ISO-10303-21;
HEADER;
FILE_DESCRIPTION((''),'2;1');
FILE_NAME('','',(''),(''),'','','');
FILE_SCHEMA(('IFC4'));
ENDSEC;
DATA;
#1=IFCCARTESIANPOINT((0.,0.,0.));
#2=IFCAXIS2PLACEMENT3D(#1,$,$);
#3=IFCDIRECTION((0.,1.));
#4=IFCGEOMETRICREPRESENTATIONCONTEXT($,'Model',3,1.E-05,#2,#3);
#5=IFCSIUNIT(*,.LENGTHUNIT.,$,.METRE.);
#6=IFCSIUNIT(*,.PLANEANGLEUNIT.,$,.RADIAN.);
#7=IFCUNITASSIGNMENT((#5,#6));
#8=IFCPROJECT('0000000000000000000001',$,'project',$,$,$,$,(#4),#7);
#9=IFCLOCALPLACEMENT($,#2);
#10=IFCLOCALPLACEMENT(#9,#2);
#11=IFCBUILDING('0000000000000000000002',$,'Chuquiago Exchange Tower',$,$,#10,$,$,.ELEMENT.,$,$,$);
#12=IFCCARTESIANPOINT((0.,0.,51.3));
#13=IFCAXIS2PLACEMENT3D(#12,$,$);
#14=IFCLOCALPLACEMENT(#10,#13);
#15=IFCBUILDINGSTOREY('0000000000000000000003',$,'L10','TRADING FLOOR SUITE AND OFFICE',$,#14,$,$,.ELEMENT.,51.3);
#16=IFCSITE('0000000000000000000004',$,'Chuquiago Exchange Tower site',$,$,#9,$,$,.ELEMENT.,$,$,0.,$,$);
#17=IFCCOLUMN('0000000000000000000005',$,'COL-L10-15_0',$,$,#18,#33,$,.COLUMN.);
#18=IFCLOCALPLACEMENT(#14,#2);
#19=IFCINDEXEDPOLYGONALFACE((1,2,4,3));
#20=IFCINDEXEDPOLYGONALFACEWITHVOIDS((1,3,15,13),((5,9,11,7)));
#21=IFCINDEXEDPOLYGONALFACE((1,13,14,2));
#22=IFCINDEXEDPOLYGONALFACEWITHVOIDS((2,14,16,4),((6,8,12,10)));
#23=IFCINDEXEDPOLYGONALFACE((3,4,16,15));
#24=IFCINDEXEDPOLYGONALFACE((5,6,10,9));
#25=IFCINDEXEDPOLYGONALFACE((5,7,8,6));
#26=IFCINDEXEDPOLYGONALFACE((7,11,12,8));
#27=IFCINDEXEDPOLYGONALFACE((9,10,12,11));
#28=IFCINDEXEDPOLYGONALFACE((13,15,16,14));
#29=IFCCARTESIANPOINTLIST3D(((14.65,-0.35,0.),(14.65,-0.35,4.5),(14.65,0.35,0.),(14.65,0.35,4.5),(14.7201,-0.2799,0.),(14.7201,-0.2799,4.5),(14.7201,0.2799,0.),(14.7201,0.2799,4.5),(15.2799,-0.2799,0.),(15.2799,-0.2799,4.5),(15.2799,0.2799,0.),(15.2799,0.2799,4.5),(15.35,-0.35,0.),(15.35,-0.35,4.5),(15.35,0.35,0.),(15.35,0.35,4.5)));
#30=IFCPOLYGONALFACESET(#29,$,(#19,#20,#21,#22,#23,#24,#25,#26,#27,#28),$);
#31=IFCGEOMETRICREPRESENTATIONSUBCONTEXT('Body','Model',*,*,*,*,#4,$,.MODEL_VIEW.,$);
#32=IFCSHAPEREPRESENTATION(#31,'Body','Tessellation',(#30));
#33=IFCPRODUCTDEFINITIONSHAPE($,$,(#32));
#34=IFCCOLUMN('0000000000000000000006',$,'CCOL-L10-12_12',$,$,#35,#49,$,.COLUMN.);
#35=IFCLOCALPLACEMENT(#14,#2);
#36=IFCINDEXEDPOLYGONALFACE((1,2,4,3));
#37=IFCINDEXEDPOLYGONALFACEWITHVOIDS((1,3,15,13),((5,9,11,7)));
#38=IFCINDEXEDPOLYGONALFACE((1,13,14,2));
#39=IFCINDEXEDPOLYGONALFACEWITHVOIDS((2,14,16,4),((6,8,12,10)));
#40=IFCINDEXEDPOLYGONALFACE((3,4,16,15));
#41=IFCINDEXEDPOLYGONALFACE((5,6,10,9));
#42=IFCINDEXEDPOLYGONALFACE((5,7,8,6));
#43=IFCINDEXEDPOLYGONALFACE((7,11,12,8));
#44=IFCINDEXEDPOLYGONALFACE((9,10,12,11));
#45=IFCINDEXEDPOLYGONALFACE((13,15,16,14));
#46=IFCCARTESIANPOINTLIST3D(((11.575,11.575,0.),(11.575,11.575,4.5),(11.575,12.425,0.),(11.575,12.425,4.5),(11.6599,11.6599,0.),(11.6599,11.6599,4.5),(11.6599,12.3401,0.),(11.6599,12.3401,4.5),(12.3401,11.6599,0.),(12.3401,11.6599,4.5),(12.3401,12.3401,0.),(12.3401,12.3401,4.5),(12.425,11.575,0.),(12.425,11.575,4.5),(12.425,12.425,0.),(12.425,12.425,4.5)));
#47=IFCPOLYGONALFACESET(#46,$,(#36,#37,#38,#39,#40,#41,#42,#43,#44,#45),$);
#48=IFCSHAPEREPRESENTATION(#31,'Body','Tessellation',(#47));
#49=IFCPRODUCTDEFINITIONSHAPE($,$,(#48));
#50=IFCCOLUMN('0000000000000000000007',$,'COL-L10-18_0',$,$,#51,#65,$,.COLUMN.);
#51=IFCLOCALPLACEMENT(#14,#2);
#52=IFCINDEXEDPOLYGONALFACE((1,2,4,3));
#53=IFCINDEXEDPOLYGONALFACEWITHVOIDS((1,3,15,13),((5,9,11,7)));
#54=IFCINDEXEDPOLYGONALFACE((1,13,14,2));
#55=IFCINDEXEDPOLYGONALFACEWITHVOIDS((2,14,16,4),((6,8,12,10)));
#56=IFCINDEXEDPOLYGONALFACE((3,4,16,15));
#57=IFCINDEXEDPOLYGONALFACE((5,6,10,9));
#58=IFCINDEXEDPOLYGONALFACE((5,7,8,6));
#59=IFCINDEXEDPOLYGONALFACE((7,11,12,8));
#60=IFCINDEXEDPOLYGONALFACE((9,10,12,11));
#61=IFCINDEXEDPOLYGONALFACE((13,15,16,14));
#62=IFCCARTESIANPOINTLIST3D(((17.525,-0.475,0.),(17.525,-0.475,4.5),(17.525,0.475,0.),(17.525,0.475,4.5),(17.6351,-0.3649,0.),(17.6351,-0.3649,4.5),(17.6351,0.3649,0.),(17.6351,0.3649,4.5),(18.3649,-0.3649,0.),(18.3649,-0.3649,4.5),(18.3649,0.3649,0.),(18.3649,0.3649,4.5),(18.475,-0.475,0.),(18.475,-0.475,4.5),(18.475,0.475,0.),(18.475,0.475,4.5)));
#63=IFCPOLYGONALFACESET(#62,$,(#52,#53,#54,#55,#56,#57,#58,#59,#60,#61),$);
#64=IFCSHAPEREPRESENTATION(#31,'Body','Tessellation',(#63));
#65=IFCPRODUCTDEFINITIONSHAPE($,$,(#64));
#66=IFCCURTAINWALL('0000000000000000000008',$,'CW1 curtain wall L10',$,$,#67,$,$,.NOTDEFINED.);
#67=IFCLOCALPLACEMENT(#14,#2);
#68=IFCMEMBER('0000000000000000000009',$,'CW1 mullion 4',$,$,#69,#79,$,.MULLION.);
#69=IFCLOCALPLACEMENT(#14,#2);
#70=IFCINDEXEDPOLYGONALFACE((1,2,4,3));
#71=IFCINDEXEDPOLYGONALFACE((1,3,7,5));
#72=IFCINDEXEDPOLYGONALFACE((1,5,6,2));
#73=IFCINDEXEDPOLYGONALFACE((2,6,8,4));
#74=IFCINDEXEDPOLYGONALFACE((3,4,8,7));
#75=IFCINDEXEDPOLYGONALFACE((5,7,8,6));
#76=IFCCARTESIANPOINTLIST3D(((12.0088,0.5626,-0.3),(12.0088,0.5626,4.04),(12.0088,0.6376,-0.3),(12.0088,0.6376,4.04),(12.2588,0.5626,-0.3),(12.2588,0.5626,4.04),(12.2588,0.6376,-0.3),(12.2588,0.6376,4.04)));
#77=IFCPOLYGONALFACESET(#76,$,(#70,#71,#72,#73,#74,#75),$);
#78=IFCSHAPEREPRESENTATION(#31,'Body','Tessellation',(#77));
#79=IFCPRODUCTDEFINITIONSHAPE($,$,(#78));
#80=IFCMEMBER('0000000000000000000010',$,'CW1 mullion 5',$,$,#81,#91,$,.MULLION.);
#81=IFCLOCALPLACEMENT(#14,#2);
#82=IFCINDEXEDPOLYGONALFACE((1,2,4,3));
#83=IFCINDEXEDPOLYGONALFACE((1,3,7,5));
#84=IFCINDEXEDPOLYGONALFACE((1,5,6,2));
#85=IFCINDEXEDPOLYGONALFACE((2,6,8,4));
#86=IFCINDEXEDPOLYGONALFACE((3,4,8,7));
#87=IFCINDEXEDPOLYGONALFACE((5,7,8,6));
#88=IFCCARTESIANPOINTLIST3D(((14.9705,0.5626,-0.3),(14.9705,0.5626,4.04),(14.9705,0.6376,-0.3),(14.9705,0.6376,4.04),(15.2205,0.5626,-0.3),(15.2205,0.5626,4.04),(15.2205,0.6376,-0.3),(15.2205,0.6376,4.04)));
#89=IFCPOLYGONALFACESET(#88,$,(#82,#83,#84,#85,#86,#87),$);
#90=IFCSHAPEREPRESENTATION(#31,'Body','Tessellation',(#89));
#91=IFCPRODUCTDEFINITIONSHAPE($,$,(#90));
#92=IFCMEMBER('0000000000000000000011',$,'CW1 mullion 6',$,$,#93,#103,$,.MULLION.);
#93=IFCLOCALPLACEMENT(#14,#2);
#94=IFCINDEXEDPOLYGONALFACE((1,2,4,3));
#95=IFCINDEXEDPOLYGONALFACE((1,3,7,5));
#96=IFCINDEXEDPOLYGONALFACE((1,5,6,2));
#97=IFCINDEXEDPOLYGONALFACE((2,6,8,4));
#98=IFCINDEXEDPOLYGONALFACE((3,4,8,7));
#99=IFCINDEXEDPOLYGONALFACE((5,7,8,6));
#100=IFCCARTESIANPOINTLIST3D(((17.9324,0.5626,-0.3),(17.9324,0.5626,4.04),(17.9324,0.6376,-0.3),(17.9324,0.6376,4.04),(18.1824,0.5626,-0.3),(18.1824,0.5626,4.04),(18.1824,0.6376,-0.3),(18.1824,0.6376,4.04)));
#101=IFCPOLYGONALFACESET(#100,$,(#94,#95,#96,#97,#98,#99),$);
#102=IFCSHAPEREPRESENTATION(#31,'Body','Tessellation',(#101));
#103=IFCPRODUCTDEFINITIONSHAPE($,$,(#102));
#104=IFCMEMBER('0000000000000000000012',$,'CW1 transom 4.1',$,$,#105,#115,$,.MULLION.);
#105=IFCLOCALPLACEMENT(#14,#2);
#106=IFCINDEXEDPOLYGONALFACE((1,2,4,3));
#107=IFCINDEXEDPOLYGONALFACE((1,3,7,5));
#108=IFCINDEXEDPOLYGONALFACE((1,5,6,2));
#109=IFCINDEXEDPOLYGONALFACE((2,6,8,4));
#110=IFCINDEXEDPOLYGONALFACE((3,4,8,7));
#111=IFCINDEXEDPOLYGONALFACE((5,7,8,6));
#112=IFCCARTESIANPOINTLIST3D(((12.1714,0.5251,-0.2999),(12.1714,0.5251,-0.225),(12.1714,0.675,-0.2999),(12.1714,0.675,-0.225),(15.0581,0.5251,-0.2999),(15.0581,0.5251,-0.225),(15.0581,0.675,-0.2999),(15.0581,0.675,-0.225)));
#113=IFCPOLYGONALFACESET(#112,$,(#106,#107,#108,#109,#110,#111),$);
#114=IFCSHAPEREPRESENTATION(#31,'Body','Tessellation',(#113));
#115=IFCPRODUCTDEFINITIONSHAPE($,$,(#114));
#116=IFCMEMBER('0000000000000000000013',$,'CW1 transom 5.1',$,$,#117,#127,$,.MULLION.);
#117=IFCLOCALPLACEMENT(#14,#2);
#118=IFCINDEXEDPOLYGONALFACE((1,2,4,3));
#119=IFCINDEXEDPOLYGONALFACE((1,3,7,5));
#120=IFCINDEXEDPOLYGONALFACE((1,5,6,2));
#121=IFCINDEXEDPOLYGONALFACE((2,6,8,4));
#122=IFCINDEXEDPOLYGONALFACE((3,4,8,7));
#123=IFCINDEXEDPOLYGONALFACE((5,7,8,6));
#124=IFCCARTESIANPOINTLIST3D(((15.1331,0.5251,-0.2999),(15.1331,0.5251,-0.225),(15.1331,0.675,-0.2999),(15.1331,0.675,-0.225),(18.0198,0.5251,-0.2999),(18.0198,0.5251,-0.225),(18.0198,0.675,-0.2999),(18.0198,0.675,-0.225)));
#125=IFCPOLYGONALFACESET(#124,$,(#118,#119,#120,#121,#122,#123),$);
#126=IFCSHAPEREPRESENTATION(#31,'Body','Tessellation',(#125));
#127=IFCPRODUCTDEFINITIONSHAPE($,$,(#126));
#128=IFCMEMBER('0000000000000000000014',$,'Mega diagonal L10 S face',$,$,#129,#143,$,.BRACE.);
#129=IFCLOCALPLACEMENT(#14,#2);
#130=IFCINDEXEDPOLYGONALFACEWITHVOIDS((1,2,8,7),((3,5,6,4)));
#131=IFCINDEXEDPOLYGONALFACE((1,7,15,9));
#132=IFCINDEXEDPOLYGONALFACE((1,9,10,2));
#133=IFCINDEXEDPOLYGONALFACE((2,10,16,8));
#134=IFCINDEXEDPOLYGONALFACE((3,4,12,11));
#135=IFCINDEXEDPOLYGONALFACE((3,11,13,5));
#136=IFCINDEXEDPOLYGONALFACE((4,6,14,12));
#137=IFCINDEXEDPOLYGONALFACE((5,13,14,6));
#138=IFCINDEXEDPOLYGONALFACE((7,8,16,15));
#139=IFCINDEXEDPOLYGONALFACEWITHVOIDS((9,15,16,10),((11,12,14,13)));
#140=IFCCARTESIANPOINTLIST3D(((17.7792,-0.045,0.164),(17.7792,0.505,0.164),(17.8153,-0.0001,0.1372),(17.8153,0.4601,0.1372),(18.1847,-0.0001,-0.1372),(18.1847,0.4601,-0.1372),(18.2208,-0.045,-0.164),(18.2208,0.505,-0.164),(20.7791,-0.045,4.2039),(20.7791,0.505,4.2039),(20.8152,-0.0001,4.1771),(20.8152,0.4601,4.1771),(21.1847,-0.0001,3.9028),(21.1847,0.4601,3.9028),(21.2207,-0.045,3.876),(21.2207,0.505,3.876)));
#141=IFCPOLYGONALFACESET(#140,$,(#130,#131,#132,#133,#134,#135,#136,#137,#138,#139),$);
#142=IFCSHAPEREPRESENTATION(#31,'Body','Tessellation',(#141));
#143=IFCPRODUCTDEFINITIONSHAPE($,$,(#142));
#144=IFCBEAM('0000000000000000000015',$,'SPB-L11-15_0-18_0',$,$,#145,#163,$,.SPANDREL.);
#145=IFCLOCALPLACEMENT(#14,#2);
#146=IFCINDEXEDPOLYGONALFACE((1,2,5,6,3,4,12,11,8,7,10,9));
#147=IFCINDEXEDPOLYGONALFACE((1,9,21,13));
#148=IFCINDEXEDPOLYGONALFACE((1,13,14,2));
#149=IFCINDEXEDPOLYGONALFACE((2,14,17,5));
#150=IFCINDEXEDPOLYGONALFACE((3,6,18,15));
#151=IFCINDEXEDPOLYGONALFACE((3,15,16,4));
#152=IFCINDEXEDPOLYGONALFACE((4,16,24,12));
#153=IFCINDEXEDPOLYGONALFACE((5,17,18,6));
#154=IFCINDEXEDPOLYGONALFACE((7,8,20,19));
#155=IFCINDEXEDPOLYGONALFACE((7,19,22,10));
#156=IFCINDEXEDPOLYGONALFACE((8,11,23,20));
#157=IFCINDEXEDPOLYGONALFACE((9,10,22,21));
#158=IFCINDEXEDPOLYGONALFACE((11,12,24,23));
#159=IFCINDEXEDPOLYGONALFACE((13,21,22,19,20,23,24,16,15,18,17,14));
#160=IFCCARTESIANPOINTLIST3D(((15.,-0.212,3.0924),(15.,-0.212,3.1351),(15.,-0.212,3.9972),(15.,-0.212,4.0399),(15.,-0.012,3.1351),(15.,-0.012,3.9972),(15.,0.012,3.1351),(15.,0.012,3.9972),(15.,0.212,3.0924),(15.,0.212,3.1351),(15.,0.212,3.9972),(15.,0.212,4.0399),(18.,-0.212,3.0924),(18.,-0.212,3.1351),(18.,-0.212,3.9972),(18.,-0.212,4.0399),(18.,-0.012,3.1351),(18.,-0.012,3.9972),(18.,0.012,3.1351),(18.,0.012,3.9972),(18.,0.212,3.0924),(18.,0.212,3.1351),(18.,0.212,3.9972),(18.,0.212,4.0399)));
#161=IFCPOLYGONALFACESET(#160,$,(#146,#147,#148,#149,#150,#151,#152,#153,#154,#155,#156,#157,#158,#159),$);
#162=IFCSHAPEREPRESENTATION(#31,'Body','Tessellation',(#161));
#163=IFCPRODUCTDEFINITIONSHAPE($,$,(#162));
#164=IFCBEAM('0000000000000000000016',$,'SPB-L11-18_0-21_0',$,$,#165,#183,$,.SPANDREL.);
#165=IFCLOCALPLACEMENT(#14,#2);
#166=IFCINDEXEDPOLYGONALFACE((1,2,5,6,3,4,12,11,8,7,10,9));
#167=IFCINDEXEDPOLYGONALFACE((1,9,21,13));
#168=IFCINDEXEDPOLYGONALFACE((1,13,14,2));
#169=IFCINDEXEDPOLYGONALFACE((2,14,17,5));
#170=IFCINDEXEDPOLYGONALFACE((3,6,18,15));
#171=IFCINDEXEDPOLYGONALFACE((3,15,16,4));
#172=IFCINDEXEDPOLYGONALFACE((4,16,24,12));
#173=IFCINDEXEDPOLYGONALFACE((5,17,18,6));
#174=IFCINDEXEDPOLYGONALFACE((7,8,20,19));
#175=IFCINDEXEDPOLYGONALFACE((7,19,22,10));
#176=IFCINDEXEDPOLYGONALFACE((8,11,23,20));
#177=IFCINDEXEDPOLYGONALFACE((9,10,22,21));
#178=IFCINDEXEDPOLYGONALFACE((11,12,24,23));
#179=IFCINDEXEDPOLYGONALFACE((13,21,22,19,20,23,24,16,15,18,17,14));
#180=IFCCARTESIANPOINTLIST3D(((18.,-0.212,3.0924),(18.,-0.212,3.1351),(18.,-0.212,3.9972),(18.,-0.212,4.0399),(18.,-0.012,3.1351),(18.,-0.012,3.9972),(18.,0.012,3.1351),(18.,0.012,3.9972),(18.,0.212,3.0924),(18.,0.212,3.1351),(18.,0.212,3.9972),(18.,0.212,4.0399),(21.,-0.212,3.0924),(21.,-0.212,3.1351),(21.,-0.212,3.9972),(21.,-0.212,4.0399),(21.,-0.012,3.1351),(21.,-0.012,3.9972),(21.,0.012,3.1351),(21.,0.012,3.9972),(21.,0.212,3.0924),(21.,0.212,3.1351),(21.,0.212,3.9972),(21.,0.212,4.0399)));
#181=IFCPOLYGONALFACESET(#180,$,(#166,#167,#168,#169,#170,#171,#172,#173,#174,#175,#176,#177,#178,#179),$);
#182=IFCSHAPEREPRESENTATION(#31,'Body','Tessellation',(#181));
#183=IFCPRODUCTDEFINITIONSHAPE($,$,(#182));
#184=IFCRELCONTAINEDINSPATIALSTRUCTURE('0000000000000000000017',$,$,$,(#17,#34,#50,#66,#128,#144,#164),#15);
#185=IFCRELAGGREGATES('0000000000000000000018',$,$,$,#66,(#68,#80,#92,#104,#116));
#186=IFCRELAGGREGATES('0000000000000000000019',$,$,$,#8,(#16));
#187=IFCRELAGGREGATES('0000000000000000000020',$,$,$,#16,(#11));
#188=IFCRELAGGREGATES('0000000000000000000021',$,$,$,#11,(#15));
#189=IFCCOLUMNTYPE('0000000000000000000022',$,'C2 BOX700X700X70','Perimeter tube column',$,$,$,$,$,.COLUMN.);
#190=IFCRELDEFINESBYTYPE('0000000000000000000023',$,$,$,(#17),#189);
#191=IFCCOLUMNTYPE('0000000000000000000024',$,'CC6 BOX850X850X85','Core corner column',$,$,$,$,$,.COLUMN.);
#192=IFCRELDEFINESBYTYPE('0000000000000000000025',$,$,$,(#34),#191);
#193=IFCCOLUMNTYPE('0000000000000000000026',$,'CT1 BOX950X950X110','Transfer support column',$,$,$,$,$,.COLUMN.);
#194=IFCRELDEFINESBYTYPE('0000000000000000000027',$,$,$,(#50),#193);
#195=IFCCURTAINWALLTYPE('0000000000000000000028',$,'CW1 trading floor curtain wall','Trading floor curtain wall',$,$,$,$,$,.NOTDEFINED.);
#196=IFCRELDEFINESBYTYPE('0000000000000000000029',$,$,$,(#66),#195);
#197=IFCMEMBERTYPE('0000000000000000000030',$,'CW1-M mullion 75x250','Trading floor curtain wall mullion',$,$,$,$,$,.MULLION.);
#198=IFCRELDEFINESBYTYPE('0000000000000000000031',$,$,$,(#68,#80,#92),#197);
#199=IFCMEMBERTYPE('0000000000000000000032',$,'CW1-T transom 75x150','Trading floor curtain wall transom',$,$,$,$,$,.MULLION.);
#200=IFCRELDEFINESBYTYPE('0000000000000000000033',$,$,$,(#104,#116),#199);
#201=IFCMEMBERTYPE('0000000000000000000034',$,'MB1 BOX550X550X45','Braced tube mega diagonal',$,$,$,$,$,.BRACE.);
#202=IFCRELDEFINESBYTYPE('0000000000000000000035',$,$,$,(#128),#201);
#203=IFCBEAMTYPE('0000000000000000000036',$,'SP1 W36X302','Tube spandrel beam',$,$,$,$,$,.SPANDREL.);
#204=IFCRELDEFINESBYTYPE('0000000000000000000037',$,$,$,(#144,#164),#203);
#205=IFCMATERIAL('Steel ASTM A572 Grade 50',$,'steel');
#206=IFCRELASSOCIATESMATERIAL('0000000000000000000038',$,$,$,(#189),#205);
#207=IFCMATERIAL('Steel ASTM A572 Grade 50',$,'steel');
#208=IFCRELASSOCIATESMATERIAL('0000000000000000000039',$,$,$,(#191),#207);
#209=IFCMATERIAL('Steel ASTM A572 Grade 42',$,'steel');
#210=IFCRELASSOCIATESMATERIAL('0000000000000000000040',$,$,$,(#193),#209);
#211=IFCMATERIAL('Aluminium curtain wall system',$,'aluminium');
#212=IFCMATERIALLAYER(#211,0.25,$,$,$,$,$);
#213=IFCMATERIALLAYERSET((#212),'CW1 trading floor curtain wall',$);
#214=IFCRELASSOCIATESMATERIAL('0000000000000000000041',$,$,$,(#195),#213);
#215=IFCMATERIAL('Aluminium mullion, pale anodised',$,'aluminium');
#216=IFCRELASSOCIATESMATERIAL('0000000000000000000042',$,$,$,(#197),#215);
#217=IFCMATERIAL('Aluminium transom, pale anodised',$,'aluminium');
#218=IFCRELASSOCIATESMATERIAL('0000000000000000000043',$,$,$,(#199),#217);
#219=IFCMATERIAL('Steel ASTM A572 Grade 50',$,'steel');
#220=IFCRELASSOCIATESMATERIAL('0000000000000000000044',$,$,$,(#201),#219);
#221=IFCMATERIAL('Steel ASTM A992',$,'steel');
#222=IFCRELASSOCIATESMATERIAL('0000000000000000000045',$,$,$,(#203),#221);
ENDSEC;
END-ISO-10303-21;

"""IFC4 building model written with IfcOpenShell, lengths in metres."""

from ifc_helpers import new_model, si_unit, direction, frame, origin, origin_2d, place, context, subcontext, project, spatial, rectangle, hollow_rectangle, i_section, extrude, material, layer, layer_set, material_profile, profile_set, type_object, element, aggregate, save


model = new_model("IFC4")

# Units and contexts
model_context = context("Model", 3, precision=1e-05, world=origin(), true_north=direction((0.0, 1.0)))
body_context = subcontext(model_context, "Body", "Model", "MODEL_VIEW")
ifc_project = project(units=[si_unit("LENGTHUNIT", "METRE"), si_unit("PLANEANGLEUNIT", "RADIAN")], contexts=[model_context])

# Site, building, storey
site_placement = place(None, origin())
site = spatial("IfcSite", under=ifc_project, at=site_placement, Name="Chuquiago Exchange Tower site", CompositionType="ELEMENT", RefElevation=0.0)
building_placement = place(site_placement, origin())
building = spatial("IfcBuilding", under=site, at=building_placement, Name="Chuquiago Exchange Tower", CompositionType="ELEMENT")
storey_placement = place(building_placement, frame((0.0, 0.0, 51.3)))
storey = spatial("IfcBuildingStorey", under=building, at=storey_placement, Name="L10", Description="TRADING FLOOR SUITE AND OFFICE", CompositionType="ELEMENT", Elevation=51.3)

# Columns
ifc_material_1 = material(Name="Steel ASTM A572 Grade 50", Category="steel")
ifc_material_profile_1 = material_profile(ifc_material_1, hollow_rectangle(XDim=0.7, YDim=0.7, WallThickness=0.0701, at=origin_2d()), Name="BOX700X700X70")
ifc_profile_set_1 = profile_set([ifc_material_profile_1], Name="Steel ASTM A572 Grade 50")
column_type_1 = type_object("IfcColumnType", Name="C2 BOX700X700X70", Description="Perimeter tube column", PredefinedType="COLUMN", material=ifc_profile_set_1)
column_1_placement = place(storey_placement, frame((15.0, 0.0, 0.0), z_axis=(0.0, 0.0, 1.0), x_axis=(0.0, -1.0, 0.0)))
element("IfcColumn", 1, at=column_1_placement, inside=storey, type_object=column_type_1, Name="COL-L10-15_0", PredefinedType="COLUMN", context=body_context, shape_type="SweptSolid", body=[
    extrude(hollow_rectangle(XDim=0.7, YDim=0.7, WallThickness=0.0701, at=origin_2d()), origin(), (0.0, 0.0, 1.0), 4.5),
])
ifc_material_2 = material(Name="Steel ASTM A572 Grade 50", Category="steel")
ifc_material_profile_2 = material_profile(ifc_material_2, hollow_rectangle(XDim=0.8501, YDim=0.8501, WallThickness=0.085, at=origin_2d()), Name="BOX850X850X85")
ifc_profile_set_2 = profile_set([ifc_material_profile_2], Name="Steel ASTM A572 Grade 50")
column_type_2 = type_object("IfcColumnType", Name="CC6 BOX850X850X85", Description="Core corner column", PredefinedType="COLUMN", material=ifc_profile_set_2)
column_2_placement = place(storey_placement, frame((12.0, 12.0, 0.0), z_axis=(0.0, 0.0, 1.0), x_axis=(1.0, 0.0, 0.0)))
element("IfcColumn", 2, at=column_2_placement, inside=storey, type_object=column_type_2, Name="CCOL-L10-12_12", PredefinedType="COLUMN", context=body_context, shape_type="SweptSolid", body=[
    extrude(hollow_rectangle(XDim=0.8501, YDim=0.8501, WallThickness=0.085, at=origin_2d()), origin(), (0.0, 0.0, 1.0), 4.5),
])
ifc_material_3 = material(Name="Steel ASTM A572 Grade 42", Category="steel")
ifc_material_profile_3 = material_profile(ifc_material_3, hollow_rectangle(XDim=0.95, YDim=0.95, WallThickness=0.1101, at=origin_2d()), Name="BOX950X950X110")
ifc_profile_set_3 = profile_set([ifc_material_profile_3], Name="Steel ASTM A572 Grade 42")
column_type_3 = type_object("IfcColumnType", Name="CT1 BOX950X950X110", Description="Transfer support column", PredefinedType="COLUMN", material=ifc_profile_set_3)
column_3_placement = place(storey_placement, frame((18.0, 0.0, 0.0), z_axis=(0.0, 0.0, 1.0), x_axis=(0.0, -1.0, 0.0)))
element("IfcColumn", 3, at=column_3_placement, inside=storey, type_object=column_type_3, Name="COL-L10-18_0", PredefinedType="COLUMN", context=body_context, shape_type="SweptSolid", body=[
    extrude(hollow_rectangle(XDim=0.95, YDim=0.95, WallThickness=0.1101, at=origin_2d()), origin(), (0.0, 0.0, 1.0), 4.5),
])

# Curtain wall, members
ifc_material_4 = material(Name="Aluminium curtain wall system", Category="aluminium")
ifc_layer_1 = layer(ifc_material_4, 0.25)
ifc_layer_set_1 = layer_set([ifc_layer_1], Name="CW1 trading floor curtain wall")
curtain_wall_type = type_object("IfcCurtainWallType", Name="CW1 trading floor curtain wall", Description="Trading floor curtain wall", PredefinedType="NOTDEFINED", material=ifc_layer_set_1)
curtain_wall_placement = place(storey_placement, origin())
curtain_wall = element("IfcCurtainWall", 4, at=curtain_wall_placement, inside=storey, type_object=curtain_wall_type, Name="CW1 curtain wall L10", PredefinedType="NOTDEFINED")
ifc_material_5 = material(Name="Aluminium mullion, pale anodised", Category="aluminium")
ifc_material_profile_4 = material_profile(ifc_material_5, rectangle(XDim=0.075, YDim=0.25, at=origin_2d()), Name="AL 75x250")
ifc_profile_set_4 = profile_set([ifc_material_profile_4], Name="Aluminium mullion, pale anodised")
member_type_1 = type_object("IfcMemberType", Name="CW1-M mullion 75x250", Description="Trading floor curtain wall mullion", PredefinedType="MULLION", material=ifc_profile_set_4)
member_1_placement = place(storey_placement, frame((12.1338, 0.6001, -0.3), z_axis=(0.0, 0.0, 1.0), x_axis=(0.0, 1.0, 0.0)))
member_1 = element("IfcMember", 5, at=member_1_placement, type_object=member_type_1, Name="CW1 mullion 4", PredefinedType="MULLION", context=body_context, shape_type="SweptSolid", body=[
    extrude(rectangle(XDim=0.075, YDim=0.25, at=origin_2d()), origin(), (0.0, 0.0, 1.0), 4.3401),
])
member_2_placement = place(storey_placement, frame((15.0955, 0.6001, -0.3), z_axis=(0.0, 0.0, 1.0), x_axis=(0.0, 1.0, 0.0)))
member_2 = element("IfcMember", 6, at=member_2_placement, type_object=member_type_1, Name="CW1 mullion 5", PredefinedType="MULLION", context=body_context, shape_type="SweptSolid", body=[
    extrude(rectangle(XDim=0.075, YDim=0.25, at=origin_2d()), origin(), (0.0, 0.0, 1.0), 4.3401),
])
member_3_placement = place(storey_placement, frame((18.0574, 0.6001, -0.3), z_axis=(0.0, 0.0, 1.0), x_axis=(0.0, 1.0, 0.0)))
member_3 = element("IfcMember", 7, at=member_3_placement, type_object=member_type_1, Name="CW1 mullion 6", PredefinedType="MULLION", context=body_context, shape_type="SweptSolid", body=[
    extrude(rectangle(XDim=0.075, YDim=0.25, at=origin_2d()), origin(), (0.0, 0.0, 1.0), 4.3401),
])
ifc_material_6 = material(Name="Aluminium transom, pale anodised", Category="aluminium")
ifc_material_profile_5 = material_profile(ifc_material_6, rectangle(XDim=0.1499, YDim=0.075, at=origin_2d()), Name="AL 150x75")
ifc_profile_set_5 = profile_set([ifc_material_profile_5], Name="Aluminium transom, pale anodised")
member_type_2 = type_object("IfcMemberType", Name="CW1-T transom 75x150", Description="Trading floor curtain wall transom", PredefinedType="MULLION", material=ifc_profile_set_5)
member_4_placement = place(storey_placement, frame((12.1714, 0.6001, -0.2625), z_axis=(1.0, 0.0, 0.0), x_axis=(0.0, 1.0, 0.0)))
member_4 = element("IfcMember", 8, at=member_4_placement, type_object=member_type_2, Name="CW1 transom 4.1", PredefinedType="MULLION", context=body_context, shape_type="SweptSolid", body=[
    extrude(rectangle(XDim=0.1499, YDim=0.075, at=origin_2d()), origin(), (0.0, 0.0, 1.0), 2.8867),
])
member_5_placement = place(storey_placement, frame((15.1331, 0.6001, -0.2625), z_axis=(1.0, 0.0, 0.0), x_axis=(0.0, 1.0, 0.0)))
member_5 = element("IfcMember", 9, at=member_5_placement, type_object=member_type_2, Name="CW1 transom 5.1", PredefinedType="MULLION", context=body_context, shape_type="SweptSolid", body=[
    extrude(rectangle(XDim=0.1499, YDim=0.075, at=origin_2d()), origin(), (0.0, 0.0, 1.0), 2.8867),
])

# Member
ifc_material_7 = material(Name="Steel ASTM A572 Grade 50", Category="steel")
ifc_material_profile_6 = material_profile(ifc_material_7, hollow_rectangle(XDim=0.55, YDim=0.55, WallThickness=0.0449, at=origin_2d()), Name="BOX550X550X45")
ifc_profile_set_6 = profile_set([ifc_material_profile_6], Name="Steel ASTM A572 Grade 50")
member_type_3 = type_object("IfcMemberType", Name="MB1 BOX550X550X45", Description="Braced tube mega diagonal", PredefinedType="BRACE", material=ifc_profile_set_6)
member_6_placement = place(storey_placement, frame((18.0, 0.23, 0.0), z_axis=(0.596174, 0.0, 0.802855), x_axis=(0.0, 1.0, 0.0)))
element("IfcMember", 10, at=member_6_placement, inside=storey, type_object=member_type_3, Name="Mega diagonal L10 S face", PredefinedType="BRACE", context=body_context, shape_type="SweptSolid", body=[
    extrude(hollow_rectangle(XDim=0.55, YDim=0.55, WallThickness=0.0449, at=origin_2d()), origin(), (0.0, 0.0, 1.0), 5.032),
])

# Beams
ifc_material_8 = material(Name="Steel ASTM A992", Category="steel")
ifc_material_profile_7 = material_profile(ifc_material_8, i_section(OverallWidth=0.4241, OverallDepth=0.9475, WebThickness=0.0239, FlangeThickness=0.0427, at=origin_2d()), Name="W36X302")
ifc_profile_set_7 = profile_set([ifc_material_profile_7], Name="Steel ASTM A992")
beam_type = type_object("IfcBeamType", Name="SP1 W36X302", Description="Tube spandrel beam", PredefinedType="SPANDREL", material=ifc_profile_set_7)
for number, where, z_axis, x_axis, name in (
    (11, (15.0, 0.0, 3.5662), (1.0, 0.0, 0.0), (0.0, 1.0, 0.0), "SPB-L11-15_0-18_0"),
    (12, (18.0, 0.0, 3.5662), (1.0, 0.0, 0.0), (0.0, 1.0, 0.0), "SPB-L11-18_0-21_0"),
):
    element("IfcBeam", number, at=place(storey_placement, frame(where, z_axis=z_axis, x_axis=x_axis)), inside=storey, type_object=beam_type, Name=name, PredefinedType="SPANDREL", context=body_context, shape_type="SweptSolid", body=[
        extrude(i_section(OverallWidth=0.4241, OverallDepth=0.9475, WebThickness=0.0239, FlangeThickness=0.0427, at=origin_2d()), origin(), (0.0, 0.0, 1.0), 3.0),
    ])

aggregate(curtain_wall, [member_1, member_2, member_3, member_4, member_5])

save(model, "model.ifc")
